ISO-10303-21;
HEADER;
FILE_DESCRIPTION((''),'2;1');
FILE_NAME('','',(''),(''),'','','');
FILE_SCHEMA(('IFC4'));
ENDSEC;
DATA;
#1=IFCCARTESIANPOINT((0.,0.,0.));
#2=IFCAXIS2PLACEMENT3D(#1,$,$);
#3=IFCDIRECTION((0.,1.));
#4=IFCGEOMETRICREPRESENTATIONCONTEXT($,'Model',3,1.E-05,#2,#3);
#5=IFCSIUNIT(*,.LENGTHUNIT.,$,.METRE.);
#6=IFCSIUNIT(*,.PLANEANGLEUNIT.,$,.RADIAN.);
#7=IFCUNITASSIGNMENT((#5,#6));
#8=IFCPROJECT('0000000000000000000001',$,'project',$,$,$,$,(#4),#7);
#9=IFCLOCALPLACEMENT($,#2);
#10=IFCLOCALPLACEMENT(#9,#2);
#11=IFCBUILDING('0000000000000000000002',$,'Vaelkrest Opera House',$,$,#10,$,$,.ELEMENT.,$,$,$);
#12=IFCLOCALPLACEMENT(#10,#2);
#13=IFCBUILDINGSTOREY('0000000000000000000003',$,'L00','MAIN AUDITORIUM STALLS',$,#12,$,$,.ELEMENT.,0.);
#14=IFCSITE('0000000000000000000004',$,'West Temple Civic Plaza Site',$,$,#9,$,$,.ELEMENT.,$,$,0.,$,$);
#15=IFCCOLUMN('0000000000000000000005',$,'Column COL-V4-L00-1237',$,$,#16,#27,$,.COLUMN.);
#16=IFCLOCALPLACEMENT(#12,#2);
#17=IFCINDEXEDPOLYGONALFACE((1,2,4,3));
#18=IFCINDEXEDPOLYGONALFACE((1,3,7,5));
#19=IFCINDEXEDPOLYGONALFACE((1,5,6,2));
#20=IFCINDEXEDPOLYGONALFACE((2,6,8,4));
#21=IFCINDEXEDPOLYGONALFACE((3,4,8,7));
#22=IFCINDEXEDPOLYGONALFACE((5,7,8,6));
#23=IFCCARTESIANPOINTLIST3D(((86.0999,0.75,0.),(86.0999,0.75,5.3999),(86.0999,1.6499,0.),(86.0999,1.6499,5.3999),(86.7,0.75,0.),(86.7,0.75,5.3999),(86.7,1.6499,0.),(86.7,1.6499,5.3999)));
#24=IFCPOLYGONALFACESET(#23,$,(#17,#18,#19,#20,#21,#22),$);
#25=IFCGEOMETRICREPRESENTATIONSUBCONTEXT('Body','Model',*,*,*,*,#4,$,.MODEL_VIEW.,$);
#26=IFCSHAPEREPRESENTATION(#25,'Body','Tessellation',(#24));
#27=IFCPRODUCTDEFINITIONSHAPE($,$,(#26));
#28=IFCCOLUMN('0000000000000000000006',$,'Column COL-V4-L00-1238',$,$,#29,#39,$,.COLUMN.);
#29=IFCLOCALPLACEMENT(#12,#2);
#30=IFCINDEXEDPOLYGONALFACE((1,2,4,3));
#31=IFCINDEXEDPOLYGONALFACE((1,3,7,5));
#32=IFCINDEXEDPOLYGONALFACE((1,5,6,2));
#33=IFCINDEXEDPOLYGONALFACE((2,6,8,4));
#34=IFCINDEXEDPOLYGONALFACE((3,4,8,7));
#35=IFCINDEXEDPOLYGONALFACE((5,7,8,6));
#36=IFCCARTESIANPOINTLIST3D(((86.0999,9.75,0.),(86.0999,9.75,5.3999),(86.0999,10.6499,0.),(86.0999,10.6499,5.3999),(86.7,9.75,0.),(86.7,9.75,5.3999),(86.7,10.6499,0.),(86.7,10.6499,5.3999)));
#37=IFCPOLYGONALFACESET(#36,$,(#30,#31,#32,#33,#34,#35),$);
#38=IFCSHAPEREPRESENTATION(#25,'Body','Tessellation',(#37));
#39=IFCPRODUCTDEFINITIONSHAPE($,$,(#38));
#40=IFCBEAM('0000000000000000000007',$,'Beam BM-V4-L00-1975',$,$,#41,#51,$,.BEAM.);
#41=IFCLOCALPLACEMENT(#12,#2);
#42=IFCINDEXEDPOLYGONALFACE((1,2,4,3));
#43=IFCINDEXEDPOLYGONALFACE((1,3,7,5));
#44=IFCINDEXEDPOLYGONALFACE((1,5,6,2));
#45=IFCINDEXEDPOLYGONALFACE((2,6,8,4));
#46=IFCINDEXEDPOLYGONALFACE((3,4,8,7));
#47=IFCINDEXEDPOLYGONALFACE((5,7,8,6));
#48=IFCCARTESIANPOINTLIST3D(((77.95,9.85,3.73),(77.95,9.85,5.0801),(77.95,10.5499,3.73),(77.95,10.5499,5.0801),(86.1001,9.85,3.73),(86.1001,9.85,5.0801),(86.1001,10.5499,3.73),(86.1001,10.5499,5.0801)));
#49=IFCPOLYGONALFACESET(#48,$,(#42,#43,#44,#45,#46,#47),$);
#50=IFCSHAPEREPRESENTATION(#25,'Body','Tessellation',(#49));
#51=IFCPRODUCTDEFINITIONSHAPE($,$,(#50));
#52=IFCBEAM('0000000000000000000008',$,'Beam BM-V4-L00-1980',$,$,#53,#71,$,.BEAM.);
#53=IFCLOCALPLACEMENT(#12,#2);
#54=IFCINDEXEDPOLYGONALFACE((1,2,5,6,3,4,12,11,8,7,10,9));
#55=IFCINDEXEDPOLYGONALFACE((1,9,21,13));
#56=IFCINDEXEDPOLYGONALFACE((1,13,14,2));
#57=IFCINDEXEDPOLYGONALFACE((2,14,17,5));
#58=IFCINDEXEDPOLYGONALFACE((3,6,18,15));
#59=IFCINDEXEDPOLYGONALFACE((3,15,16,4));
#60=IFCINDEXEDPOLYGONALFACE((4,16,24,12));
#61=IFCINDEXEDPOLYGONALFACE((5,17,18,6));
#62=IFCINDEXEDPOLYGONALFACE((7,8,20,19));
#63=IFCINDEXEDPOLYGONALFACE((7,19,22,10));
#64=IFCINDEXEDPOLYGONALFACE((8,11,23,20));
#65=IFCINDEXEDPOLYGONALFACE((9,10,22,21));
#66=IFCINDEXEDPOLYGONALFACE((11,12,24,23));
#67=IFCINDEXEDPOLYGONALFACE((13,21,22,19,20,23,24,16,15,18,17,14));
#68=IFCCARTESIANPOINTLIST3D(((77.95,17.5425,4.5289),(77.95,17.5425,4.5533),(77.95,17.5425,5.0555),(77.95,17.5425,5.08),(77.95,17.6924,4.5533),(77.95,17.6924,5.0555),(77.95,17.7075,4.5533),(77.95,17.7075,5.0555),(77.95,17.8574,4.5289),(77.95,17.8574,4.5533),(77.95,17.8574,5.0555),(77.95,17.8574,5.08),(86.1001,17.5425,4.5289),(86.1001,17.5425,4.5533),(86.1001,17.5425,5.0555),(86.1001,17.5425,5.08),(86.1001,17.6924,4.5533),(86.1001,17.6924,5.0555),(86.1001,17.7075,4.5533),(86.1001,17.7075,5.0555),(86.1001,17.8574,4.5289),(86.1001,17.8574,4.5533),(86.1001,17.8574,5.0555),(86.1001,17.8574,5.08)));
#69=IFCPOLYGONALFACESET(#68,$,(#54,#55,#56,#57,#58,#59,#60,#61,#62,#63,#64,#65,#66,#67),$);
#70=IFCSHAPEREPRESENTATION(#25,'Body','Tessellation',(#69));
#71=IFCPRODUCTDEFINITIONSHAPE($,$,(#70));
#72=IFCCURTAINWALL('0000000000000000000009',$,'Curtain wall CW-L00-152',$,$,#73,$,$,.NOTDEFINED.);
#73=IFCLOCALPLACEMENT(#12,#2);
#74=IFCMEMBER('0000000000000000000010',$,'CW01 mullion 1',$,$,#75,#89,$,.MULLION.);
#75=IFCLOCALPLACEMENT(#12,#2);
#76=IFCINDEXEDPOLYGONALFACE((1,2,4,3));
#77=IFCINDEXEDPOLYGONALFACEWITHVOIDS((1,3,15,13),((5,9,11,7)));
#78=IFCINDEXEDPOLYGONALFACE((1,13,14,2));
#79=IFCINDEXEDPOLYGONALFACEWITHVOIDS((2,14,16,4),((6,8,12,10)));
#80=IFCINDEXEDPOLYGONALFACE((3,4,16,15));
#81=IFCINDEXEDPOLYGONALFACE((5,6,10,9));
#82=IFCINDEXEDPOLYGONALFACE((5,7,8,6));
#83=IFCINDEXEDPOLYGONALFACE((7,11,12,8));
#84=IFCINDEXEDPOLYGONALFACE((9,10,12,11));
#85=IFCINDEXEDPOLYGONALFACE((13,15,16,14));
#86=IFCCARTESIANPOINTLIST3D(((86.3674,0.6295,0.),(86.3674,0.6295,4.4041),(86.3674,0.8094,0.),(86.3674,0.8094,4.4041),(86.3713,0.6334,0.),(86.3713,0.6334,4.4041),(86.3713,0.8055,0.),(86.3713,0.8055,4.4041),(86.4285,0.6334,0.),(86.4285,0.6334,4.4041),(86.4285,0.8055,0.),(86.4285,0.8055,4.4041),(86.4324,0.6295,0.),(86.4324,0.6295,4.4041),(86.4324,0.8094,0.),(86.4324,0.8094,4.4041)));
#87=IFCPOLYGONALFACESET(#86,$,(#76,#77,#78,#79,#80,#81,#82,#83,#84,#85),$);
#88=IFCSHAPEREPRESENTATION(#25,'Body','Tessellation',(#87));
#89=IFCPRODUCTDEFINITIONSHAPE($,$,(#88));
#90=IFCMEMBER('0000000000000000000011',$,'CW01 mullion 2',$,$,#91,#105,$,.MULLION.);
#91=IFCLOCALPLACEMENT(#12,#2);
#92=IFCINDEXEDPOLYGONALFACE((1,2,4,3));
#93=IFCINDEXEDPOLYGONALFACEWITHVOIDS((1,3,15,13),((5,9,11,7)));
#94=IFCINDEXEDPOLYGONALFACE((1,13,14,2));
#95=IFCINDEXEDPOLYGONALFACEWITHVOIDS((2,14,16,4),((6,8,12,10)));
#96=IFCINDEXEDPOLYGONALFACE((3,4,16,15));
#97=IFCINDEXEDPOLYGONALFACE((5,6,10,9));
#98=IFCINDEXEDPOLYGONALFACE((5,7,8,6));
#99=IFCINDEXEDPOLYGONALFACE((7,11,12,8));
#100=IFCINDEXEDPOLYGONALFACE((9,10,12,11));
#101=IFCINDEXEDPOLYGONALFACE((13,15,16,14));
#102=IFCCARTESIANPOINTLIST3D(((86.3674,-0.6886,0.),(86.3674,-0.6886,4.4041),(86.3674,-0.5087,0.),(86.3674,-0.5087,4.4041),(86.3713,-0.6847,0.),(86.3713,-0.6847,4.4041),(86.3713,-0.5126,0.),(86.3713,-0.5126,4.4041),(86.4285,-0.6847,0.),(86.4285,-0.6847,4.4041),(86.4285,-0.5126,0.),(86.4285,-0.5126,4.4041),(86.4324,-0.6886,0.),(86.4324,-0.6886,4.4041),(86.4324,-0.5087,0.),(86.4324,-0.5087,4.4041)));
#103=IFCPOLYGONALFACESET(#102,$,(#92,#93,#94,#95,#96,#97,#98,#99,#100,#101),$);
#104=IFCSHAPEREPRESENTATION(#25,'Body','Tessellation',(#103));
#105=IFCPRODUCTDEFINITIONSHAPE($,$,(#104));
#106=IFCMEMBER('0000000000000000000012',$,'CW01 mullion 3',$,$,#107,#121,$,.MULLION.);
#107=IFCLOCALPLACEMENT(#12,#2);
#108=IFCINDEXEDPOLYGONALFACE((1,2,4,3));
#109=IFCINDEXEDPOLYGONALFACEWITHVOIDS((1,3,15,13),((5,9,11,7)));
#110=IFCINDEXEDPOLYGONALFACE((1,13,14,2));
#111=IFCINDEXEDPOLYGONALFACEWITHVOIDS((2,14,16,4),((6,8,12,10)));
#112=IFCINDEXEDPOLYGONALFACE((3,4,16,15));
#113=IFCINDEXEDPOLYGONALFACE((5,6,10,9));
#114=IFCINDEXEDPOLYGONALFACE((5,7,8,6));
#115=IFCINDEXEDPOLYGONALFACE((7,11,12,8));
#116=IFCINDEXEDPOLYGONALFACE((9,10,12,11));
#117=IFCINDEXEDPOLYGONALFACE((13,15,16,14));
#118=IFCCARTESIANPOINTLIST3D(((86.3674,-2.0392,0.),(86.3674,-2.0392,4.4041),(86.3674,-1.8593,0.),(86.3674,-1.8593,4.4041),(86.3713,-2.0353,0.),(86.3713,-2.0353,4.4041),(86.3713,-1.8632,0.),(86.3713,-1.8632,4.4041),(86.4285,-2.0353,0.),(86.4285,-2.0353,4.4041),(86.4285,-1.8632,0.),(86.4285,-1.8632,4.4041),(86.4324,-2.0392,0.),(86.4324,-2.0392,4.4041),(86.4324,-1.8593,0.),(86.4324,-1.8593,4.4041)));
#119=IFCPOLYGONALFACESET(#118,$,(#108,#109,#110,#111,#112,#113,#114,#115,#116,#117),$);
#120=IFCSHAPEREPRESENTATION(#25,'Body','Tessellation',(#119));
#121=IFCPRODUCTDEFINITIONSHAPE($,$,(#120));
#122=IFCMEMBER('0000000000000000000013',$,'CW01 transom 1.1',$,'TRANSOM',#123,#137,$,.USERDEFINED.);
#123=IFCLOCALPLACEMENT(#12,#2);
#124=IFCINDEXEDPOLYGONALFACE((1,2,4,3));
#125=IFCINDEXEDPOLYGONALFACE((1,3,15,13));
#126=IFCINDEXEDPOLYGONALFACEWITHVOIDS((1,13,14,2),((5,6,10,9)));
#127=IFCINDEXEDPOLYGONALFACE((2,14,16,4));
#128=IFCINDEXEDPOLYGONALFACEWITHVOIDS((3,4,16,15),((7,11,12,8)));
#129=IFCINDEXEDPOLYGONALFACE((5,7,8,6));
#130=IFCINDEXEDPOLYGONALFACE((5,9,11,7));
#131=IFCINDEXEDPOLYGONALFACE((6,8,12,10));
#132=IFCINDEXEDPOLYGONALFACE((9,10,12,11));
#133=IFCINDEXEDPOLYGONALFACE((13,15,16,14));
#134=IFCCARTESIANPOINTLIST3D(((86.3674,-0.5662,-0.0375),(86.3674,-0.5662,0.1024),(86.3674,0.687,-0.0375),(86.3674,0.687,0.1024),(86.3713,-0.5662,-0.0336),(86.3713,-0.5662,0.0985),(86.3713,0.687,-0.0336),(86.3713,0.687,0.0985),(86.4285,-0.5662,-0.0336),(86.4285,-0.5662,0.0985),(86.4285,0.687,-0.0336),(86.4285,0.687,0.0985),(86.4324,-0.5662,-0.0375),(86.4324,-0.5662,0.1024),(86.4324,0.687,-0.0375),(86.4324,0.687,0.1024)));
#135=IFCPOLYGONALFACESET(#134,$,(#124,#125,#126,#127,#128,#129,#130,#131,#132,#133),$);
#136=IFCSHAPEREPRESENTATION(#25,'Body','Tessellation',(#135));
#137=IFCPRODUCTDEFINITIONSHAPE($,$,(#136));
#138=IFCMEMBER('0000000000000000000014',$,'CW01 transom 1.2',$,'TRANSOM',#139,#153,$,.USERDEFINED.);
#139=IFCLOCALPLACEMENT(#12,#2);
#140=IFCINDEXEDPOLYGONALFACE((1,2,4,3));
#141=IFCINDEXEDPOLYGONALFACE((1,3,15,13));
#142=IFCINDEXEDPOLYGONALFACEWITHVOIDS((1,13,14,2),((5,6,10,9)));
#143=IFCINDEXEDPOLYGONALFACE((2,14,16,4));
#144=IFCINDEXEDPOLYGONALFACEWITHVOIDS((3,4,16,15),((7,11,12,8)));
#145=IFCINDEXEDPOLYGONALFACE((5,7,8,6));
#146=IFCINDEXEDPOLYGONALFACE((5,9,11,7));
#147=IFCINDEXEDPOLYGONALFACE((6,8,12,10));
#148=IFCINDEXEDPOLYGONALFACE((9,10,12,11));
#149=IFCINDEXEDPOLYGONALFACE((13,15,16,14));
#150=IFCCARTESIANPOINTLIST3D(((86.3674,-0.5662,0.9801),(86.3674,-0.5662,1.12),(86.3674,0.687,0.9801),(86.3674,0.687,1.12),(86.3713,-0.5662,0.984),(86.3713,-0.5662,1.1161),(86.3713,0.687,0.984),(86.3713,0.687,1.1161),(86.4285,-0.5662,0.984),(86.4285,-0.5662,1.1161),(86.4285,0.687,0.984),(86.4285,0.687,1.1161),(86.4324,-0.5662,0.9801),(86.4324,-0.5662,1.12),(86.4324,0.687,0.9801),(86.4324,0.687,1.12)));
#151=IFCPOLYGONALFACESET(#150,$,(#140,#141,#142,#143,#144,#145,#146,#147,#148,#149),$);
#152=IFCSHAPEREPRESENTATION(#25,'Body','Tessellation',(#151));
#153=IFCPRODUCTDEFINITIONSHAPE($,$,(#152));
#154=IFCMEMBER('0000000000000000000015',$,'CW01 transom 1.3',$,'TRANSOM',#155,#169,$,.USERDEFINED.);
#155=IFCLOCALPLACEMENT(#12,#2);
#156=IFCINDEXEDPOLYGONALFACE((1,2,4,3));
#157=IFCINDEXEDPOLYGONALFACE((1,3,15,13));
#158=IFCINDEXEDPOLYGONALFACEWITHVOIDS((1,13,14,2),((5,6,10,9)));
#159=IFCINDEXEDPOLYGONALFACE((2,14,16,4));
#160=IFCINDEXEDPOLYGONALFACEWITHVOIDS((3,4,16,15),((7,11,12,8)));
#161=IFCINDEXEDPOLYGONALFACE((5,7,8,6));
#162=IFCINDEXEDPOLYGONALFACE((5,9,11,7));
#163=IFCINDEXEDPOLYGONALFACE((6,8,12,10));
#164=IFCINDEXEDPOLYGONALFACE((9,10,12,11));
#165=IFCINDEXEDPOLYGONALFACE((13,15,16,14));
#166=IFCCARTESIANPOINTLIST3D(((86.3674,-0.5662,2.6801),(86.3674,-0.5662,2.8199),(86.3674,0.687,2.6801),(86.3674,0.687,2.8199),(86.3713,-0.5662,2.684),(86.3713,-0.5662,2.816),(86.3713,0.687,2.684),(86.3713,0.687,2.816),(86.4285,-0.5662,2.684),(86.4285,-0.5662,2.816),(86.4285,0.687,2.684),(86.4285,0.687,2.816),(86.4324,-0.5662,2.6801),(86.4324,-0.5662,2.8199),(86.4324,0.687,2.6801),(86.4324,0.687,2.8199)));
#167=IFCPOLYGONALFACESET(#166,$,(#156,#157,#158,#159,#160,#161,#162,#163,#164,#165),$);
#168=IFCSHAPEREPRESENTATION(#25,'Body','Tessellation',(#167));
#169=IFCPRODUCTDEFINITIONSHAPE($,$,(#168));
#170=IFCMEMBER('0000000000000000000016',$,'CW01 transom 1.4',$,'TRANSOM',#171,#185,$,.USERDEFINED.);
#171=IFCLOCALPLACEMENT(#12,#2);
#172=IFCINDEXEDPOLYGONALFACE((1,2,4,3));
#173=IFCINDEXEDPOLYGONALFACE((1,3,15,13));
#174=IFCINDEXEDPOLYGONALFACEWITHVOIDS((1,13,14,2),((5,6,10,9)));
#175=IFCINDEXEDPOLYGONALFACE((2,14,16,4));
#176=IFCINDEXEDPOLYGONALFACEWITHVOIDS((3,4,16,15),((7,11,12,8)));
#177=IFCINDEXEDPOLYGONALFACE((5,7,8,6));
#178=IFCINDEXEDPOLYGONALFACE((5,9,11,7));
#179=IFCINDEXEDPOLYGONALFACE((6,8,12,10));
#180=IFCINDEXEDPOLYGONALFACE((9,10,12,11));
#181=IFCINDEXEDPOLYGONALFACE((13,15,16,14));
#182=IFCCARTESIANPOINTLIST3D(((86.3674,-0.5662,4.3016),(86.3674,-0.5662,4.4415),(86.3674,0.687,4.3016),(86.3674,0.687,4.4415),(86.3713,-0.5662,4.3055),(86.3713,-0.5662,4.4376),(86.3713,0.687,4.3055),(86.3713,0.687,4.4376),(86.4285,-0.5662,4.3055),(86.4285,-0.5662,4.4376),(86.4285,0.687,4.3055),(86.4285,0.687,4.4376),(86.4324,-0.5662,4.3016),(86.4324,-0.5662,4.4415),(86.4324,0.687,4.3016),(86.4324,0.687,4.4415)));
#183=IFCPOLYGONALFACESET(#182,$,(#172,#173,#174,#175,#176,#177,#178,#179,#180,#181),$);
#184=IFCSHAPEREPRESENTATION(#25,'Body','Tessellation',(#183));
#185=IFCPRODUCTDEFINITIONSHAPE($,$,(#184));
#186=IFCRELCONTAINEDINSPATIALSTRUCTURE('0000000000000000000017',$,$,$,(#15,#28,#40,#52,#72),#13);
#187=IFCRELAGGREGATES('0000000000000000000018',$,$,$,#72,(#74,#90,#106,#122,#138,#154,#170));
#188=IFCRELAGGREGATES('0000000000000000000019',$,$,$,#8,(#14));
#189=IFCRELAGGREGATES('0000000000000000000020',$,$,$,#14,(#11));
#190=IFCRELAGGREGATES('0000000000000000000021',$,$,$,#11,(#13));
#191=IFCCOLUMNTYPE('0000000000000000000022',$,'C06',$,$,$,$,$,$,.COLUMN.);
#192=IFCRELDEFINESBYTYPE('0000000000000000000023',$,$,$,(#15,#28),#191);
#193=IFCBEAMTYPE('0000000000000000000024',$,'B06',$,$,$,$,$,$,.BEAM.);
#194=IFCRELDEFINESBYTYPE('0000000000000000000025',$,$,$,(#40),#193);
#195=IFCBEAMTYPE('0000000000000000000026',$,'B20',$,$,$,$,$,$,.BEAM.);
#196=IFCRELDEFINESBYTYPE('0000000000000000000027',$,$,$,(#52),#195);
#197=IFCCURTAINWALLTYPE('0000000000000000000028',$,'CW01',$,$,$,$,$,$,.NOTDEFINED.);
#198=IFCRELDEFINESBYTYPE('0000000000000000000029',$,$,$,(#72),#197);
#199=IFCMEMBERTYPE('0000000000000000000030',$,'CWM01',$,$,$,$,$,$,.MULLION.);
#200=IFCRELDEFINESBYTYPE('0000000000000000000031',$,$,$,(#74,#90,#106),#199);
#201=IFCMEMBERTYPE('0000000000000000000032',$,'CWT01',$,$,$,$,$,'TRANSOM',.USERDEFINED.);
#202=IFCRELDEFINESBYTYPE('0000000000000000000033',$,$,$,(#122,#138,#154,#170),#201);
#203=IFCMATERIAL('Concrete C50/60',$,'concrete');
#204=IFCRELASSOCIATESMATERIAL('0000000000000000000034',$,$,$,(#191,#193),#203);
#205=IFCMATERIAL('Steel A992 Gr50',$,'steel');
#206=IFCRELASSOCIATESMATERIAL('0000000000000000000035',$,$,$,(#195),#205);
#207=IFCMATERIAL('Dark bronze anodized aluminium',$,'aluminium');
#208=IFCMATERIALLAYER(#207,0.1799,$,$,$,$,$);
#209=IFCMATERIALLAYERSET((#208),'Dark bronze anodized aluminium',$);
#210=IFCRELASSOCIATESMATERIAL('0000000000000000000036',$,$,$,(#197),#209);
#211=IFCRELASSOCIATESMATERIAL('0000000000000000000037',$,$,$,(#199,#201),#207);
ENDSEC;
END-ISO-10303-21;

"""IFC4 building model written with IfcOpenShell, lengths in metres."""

from ifc_helpers import new_model, si_unit, direction, frame, origin, origin_2d, place, context, subcontext, project, spatial, rectangle, hollow_rectangle, i_section, extrude, material, layer, layer_set, material_profile, profile_set, type_object, element, aggregate, save


model = new_model("IFC4")

# Units and contexts
model_context = context("Model", 3, precision=1e-05, world=origin(), true_north=direction((0.0, 1.0)))
body_context = subcontext(model_context, "Body", "Model", "MODEL_VIEW")
ifc_project = project(units=[si_unit("LENGTHUNIT", "METRE"), si_unit("PLANEANGLEUNIT", "RADIAN")], contexts=[model_context])

# Site, building, storey
site_placement = place(None, origin())
site = spatial("IfcSite", under=ifc_project, at=site_placement, Name="West Temple Civic Plaza Site", CompositionType="ELEMENT", RefElevation=0.0)
building_placement = place(site_placement, origin())
building = spatial("IfcBuilding", under=site, at=building_placement, Name="Vaelkrest Opera House", CompositionType="ELEMENT")
storey_placement = place(building_placement, origin())
storey = spatial("IfcBuildingStorey", under=building, at=storey_placement, Name="L00", Description="MAIN AUDITORIUM STALLS", CompositionType="ELEMENT", Elevation=0.0)

# Columns
ifc_material_1 = material(Name="Concrete C50/60", Category="concrete")
ifc_material_profile_1 = material_profile(ifc_material_1, rectangle(XDim=0.6001, YDim=0.8999, at=origin_2d()), Name="RC600X900")
ifc_profile_set_1 = profile_set([ifc_material_profile_1], Name="Concrete C50/60")
column_type = type_object("IfcColumnType", Name="C06", PredefinedType="COLUMN", material=ifc_profile_set_1)
for number, where, z_axis, x_axis, name in (
    (1, (86.3999, 1.2, 0.0), (0.0, 0.0, 1.0), (1.0, 0.0, 0.0), "Column COL-V4-L00-1237"),
    (2, (86.3999, 10.2, 0.0), (0.0, 0.0, 1.0), (1.0, 0.0, 0.0), "Column COL-V4-L00-1238"),
):
    element("IfcColumn", number, at=place(storey_placement, frame(where, z_axis=z_axis, x_axis=x_axis)), inside=storey, type_object=column_type, Name=name, PredefinedType="COLUMN", context=body_context, shape_type="SweptSolid", body=[
        extrude(rectangle(XDim=0.6001, YDim=0.8999, at=origin_2d()), origin(), (0.0, 0.0, 1.0), 5.3999),
    ])

# Beams
ifc_material_profile_2 = material_profile(ifc_material_1, rectangle(XDim=0.7, YDim=1.3501, at=origin_2d()), Name="RCB700X1350")
ifc_profile_set_2 = profile_set([ifc_material_profile_2], Name="Concrete C50/60")
beam_type_1 = type_object("IfcBeamType", Name="B06", PredefinedType="BEAM", material=ifc_profile_set_2)
beam_1_placement = place(storey_placement, frame((77.95, 10.2, 4.405), z_axis=(1.0, 0.0, 0.0), x_axis=(0.0, 1.0, 0.0)))
element("IfcBeam", 3, at=beam_1_placement, inside=storey, type_object=beam_type_1, Name="Beam BM-V4-L00-1975", PredefinedType="BEAM", context=body_context, shape_type="SweptSolid", body=[
    extrude(rectangle(XDim=0.7, YDim=1.3501, at=origin_2d()), origin(), (0.0, 0.0, 1.0), 8.1501),
])
ifc_material_2 = material(Name="Steel A992 Gr50", Category="steel")
ifc_material_profile_3 = material_profile(ifc_material_2, i_section(OverallWidth=0.3149, OverallDepth=0.551, WebThickness=0.0151, FlangeThickness=0.0244, at=origin_2d()), Name="W21X122")
ifc_profile_set_3 = profile_set([ifc_material_profile_3], Name="Steel A992 Gr50")
beam_type_2 = type_object("IfcBeamType", Name="B20", PredefinedType="BEAM", material=ifc_profile_set_3)
beam_2_placement = place(storey_placement, frame((77.95, 17.7, 4.8044), z_axis=(1.0, 0.0, 0.0), x_axis=(0.0, 1.0, 0.0)))
element("IfcBeam", 4, at=beam_2_placement, inside=storey, type_object=beam_type_2, Name="Beam BM-V4-L00-1980", PredefinedType="BEAM", context=body_context, shape_type="SweptSolid", body=[
    extrude(i_section(OverallWidth=0.3149, OverallDepth=0.551, WebThickness=0.0151, FlangeThickness=0.0244, at=origin_2d()), origin(), (0.0, 0.0, 1.0), 8.1501),
])

# Curtain wall, members
ifc_material_3 = material(Name="Dark bronze anodized aluminium", Category="aluminium")
ifc_layer_1 = layer(ifc_material_3, 0.1799)
ifc_layer_set_1 = layer_set([ifc_layer_1], Name="Dark bronze anodized aluminium")
curtain_wall_type = type_object("IfcCurtainWallType", Name="CW01", PredefinedType="NOTDEFINED", material=ifc_layer_set_1)
curtain_wall_placement = place(storey_placement, origin())
curtain_wall = element("IfcCurtainWall", 5, at=curtain_wall_placement, inside=storey, type_object=curtain_wall_type, Name="Curtain wall CW-L00-152", PredefinedType="NOTDEFINED")
ifc_material_profile_4 = material_profile(ifc_material_3, hollow_rectangle(XDim=0.0649, YDim=0.1799, WallThickness=0.0039, at=origin_2d()), Name="CWM65X180")
ifc_profile_set_4 = profile_set([ifc_material_profile_4], Name="Dark bronze anodized aluminium")
member_type_1 = type_object("IfcMemberType", Name="CWM01", PredefinedType="MULLION", material=ifc_profile_set_4)
member_1_placement = place(storey_placement, frame((86.3999, 0.7195, 0.0), z_axis=(0.0, 0.0, 1.0), x_axis=(1.0, 0.0, 0.0)))
member_1 = element("IfcMember", 6, at=member_1_placement, type_object=member_type_1, Name="CW01 mullion 1", PredefinedType="MULLION", context=body_context, shape_type="SweptSolid", body=[
    extrude(hollow_rectangle(XDim=0.0649, YDim=0.1799, WallThickness=0.0039, at=origin_2d()), origin(), (0.0, 0.0, 1.0), 4.4041),
])
member_2_placement = place(storey_placement, frame((86.3999, -0.5986, 0.0), z_axis=(0.0, 0.0, 1.0), x_axis=(1.0, 0.0, 0.0)))
member_2 = element("IfcMember", 7, at=member_2_placement, type_object=member_type_1, Name="CW01 mullion 2", PredefinedType="MULLION", context=body_context, shape_type="SweptSolid", body=[
    extrude(hollow_rectangle(XDim=0.0649, YDim=0.1799, WallThickness=0.0039, at=origin_2d()), origin(), (0.0, 0.0, 1.0), 4.4041),
])
member_3_placement = place(storey_placement, frame((86.3999, -1.9492, 0.0), z_axis=(0.0, 0.0, 1.0), x_axis=(1.0, 0.0, 0.0)))
member_3 = element("IfcMember", 8, at=member_3_placement, type_object=member_type_1, Name="CW01 mullion 3", PredefinedType="MULLION", context=body_context, shape_type="SweptSolid", body=[
    extrude(hollow_rectangle(XDim=0.0649, YDim=0.1799, WallThickness=0.0039, at=origin_2d()), origin(), (0.0, 0.0, 1.0), 4.4041),
])
ifc_material_profile_5 = material_profile(ifc_material_3, hollow_rectangle(XDim=0.0649, YDim=0.1399, WallThickness=0.0039, at=origin_2d()), Name="CWT65X140")
ifc_profile_set_5 = profile_set([ifc_material_profile_5], Name="Dark bronze anodized aluminium")
member_type_2 = type_object("IfcMemberType", Name="CWT01", ElementType="TRANSOM", PredefinedType="USERDEFINED", material=ifc_profile_set_5)
member_4_placement = place(storey_placement, frame((86.3999, 0.687, 0.0325), z_axis=(0.0, -1.0, 0.0), x_axis=(1.0, 0.0, 0.0)))
member_4 = element("IfcMember", 9, at=member_4_placement, type_object=member_type_2, Name="CW01 transom 1.1", ObjectType="TRANSOM", PredefinedType="USERDEFINED", context=body_context, shape_type="SweptSolid", body=[
    extrude(hollow_rectangle(XDim=0.0649, YDim=0.1399, WallThickness=0.0039, at=origin_2d()), origin(), (0.0, 0.0, 1.0), 1.2532),
])
member_5_placement = place(storey_placement, frame((86.3999, 0.687, 1.05), z_axis=(0.0, -1.0, 0.0), x_axis=(1.0, 0.0, 0.0)))
member_5 = element("IfcMember", 10, at=member_5_placement, type_object=member_type_2, Name="CW01 transom 1.2", ObjectType="TRANSOM", PredefinedType="USERDEFINED", context=body_context, shape_type="SweptSolid", body=[
    extrude(hollow_rectangle(XDim=0.0649, YDim=0.1399, WallThickness=0.0039, at=origin_2d()), origin(), (0.0, 0.0, 1.0), 1.2532),
])
member_6_placement = place(storey_placement, frame((86.3999, 0.687, 2.75), z_axis=(0.0, -1.0, 0.0), x_axis=(1.0, 0.0, 0.0)))
member_6 = element("IfcMember", 11, at=member_6_placement, type_object=member_type_2, Name="CW01 transom 1.3", ObjectType="TRANSOM", PredefinedType="USERDEFINED", context=body_context, shape_type="SweptSolid", body=[
    extrude(hollow_rectangle(XDim=0.0649, YDim=0.1399, WallThickness=0.0039, at=origin_2d()), origin(), (0.0, 0.0, 1.0), 1.2532),
])
member_7_placement = place(storey_placement, frame((86.3999, 0.687, 4.3716), z_axis=(0.0, -1.0, 0.0), x_axis=(1.0, 0.0, 0.0)))
member_7 = element("IfcMember", 12, at=member_7_placement, type_object=member_type_2, Name="CW01 transom 1.4", ObjectType="TRANSOM", PredefinedType="USERDEFINED", context=body_context, shape_type="SweptSolid", body=[
    extrude(hollow_rectangle(XDim=0.0649, YDim=0.1399, WallThickness=0.0039, at=origin_2d()), origin(), (0.0, 0.0, 1.0), 1.2532),
])

aggregate(curtain_wall, [member_1, member_2, member_3, member_4, member_5, member_6, member_7])

save(model, "model.ifc")
